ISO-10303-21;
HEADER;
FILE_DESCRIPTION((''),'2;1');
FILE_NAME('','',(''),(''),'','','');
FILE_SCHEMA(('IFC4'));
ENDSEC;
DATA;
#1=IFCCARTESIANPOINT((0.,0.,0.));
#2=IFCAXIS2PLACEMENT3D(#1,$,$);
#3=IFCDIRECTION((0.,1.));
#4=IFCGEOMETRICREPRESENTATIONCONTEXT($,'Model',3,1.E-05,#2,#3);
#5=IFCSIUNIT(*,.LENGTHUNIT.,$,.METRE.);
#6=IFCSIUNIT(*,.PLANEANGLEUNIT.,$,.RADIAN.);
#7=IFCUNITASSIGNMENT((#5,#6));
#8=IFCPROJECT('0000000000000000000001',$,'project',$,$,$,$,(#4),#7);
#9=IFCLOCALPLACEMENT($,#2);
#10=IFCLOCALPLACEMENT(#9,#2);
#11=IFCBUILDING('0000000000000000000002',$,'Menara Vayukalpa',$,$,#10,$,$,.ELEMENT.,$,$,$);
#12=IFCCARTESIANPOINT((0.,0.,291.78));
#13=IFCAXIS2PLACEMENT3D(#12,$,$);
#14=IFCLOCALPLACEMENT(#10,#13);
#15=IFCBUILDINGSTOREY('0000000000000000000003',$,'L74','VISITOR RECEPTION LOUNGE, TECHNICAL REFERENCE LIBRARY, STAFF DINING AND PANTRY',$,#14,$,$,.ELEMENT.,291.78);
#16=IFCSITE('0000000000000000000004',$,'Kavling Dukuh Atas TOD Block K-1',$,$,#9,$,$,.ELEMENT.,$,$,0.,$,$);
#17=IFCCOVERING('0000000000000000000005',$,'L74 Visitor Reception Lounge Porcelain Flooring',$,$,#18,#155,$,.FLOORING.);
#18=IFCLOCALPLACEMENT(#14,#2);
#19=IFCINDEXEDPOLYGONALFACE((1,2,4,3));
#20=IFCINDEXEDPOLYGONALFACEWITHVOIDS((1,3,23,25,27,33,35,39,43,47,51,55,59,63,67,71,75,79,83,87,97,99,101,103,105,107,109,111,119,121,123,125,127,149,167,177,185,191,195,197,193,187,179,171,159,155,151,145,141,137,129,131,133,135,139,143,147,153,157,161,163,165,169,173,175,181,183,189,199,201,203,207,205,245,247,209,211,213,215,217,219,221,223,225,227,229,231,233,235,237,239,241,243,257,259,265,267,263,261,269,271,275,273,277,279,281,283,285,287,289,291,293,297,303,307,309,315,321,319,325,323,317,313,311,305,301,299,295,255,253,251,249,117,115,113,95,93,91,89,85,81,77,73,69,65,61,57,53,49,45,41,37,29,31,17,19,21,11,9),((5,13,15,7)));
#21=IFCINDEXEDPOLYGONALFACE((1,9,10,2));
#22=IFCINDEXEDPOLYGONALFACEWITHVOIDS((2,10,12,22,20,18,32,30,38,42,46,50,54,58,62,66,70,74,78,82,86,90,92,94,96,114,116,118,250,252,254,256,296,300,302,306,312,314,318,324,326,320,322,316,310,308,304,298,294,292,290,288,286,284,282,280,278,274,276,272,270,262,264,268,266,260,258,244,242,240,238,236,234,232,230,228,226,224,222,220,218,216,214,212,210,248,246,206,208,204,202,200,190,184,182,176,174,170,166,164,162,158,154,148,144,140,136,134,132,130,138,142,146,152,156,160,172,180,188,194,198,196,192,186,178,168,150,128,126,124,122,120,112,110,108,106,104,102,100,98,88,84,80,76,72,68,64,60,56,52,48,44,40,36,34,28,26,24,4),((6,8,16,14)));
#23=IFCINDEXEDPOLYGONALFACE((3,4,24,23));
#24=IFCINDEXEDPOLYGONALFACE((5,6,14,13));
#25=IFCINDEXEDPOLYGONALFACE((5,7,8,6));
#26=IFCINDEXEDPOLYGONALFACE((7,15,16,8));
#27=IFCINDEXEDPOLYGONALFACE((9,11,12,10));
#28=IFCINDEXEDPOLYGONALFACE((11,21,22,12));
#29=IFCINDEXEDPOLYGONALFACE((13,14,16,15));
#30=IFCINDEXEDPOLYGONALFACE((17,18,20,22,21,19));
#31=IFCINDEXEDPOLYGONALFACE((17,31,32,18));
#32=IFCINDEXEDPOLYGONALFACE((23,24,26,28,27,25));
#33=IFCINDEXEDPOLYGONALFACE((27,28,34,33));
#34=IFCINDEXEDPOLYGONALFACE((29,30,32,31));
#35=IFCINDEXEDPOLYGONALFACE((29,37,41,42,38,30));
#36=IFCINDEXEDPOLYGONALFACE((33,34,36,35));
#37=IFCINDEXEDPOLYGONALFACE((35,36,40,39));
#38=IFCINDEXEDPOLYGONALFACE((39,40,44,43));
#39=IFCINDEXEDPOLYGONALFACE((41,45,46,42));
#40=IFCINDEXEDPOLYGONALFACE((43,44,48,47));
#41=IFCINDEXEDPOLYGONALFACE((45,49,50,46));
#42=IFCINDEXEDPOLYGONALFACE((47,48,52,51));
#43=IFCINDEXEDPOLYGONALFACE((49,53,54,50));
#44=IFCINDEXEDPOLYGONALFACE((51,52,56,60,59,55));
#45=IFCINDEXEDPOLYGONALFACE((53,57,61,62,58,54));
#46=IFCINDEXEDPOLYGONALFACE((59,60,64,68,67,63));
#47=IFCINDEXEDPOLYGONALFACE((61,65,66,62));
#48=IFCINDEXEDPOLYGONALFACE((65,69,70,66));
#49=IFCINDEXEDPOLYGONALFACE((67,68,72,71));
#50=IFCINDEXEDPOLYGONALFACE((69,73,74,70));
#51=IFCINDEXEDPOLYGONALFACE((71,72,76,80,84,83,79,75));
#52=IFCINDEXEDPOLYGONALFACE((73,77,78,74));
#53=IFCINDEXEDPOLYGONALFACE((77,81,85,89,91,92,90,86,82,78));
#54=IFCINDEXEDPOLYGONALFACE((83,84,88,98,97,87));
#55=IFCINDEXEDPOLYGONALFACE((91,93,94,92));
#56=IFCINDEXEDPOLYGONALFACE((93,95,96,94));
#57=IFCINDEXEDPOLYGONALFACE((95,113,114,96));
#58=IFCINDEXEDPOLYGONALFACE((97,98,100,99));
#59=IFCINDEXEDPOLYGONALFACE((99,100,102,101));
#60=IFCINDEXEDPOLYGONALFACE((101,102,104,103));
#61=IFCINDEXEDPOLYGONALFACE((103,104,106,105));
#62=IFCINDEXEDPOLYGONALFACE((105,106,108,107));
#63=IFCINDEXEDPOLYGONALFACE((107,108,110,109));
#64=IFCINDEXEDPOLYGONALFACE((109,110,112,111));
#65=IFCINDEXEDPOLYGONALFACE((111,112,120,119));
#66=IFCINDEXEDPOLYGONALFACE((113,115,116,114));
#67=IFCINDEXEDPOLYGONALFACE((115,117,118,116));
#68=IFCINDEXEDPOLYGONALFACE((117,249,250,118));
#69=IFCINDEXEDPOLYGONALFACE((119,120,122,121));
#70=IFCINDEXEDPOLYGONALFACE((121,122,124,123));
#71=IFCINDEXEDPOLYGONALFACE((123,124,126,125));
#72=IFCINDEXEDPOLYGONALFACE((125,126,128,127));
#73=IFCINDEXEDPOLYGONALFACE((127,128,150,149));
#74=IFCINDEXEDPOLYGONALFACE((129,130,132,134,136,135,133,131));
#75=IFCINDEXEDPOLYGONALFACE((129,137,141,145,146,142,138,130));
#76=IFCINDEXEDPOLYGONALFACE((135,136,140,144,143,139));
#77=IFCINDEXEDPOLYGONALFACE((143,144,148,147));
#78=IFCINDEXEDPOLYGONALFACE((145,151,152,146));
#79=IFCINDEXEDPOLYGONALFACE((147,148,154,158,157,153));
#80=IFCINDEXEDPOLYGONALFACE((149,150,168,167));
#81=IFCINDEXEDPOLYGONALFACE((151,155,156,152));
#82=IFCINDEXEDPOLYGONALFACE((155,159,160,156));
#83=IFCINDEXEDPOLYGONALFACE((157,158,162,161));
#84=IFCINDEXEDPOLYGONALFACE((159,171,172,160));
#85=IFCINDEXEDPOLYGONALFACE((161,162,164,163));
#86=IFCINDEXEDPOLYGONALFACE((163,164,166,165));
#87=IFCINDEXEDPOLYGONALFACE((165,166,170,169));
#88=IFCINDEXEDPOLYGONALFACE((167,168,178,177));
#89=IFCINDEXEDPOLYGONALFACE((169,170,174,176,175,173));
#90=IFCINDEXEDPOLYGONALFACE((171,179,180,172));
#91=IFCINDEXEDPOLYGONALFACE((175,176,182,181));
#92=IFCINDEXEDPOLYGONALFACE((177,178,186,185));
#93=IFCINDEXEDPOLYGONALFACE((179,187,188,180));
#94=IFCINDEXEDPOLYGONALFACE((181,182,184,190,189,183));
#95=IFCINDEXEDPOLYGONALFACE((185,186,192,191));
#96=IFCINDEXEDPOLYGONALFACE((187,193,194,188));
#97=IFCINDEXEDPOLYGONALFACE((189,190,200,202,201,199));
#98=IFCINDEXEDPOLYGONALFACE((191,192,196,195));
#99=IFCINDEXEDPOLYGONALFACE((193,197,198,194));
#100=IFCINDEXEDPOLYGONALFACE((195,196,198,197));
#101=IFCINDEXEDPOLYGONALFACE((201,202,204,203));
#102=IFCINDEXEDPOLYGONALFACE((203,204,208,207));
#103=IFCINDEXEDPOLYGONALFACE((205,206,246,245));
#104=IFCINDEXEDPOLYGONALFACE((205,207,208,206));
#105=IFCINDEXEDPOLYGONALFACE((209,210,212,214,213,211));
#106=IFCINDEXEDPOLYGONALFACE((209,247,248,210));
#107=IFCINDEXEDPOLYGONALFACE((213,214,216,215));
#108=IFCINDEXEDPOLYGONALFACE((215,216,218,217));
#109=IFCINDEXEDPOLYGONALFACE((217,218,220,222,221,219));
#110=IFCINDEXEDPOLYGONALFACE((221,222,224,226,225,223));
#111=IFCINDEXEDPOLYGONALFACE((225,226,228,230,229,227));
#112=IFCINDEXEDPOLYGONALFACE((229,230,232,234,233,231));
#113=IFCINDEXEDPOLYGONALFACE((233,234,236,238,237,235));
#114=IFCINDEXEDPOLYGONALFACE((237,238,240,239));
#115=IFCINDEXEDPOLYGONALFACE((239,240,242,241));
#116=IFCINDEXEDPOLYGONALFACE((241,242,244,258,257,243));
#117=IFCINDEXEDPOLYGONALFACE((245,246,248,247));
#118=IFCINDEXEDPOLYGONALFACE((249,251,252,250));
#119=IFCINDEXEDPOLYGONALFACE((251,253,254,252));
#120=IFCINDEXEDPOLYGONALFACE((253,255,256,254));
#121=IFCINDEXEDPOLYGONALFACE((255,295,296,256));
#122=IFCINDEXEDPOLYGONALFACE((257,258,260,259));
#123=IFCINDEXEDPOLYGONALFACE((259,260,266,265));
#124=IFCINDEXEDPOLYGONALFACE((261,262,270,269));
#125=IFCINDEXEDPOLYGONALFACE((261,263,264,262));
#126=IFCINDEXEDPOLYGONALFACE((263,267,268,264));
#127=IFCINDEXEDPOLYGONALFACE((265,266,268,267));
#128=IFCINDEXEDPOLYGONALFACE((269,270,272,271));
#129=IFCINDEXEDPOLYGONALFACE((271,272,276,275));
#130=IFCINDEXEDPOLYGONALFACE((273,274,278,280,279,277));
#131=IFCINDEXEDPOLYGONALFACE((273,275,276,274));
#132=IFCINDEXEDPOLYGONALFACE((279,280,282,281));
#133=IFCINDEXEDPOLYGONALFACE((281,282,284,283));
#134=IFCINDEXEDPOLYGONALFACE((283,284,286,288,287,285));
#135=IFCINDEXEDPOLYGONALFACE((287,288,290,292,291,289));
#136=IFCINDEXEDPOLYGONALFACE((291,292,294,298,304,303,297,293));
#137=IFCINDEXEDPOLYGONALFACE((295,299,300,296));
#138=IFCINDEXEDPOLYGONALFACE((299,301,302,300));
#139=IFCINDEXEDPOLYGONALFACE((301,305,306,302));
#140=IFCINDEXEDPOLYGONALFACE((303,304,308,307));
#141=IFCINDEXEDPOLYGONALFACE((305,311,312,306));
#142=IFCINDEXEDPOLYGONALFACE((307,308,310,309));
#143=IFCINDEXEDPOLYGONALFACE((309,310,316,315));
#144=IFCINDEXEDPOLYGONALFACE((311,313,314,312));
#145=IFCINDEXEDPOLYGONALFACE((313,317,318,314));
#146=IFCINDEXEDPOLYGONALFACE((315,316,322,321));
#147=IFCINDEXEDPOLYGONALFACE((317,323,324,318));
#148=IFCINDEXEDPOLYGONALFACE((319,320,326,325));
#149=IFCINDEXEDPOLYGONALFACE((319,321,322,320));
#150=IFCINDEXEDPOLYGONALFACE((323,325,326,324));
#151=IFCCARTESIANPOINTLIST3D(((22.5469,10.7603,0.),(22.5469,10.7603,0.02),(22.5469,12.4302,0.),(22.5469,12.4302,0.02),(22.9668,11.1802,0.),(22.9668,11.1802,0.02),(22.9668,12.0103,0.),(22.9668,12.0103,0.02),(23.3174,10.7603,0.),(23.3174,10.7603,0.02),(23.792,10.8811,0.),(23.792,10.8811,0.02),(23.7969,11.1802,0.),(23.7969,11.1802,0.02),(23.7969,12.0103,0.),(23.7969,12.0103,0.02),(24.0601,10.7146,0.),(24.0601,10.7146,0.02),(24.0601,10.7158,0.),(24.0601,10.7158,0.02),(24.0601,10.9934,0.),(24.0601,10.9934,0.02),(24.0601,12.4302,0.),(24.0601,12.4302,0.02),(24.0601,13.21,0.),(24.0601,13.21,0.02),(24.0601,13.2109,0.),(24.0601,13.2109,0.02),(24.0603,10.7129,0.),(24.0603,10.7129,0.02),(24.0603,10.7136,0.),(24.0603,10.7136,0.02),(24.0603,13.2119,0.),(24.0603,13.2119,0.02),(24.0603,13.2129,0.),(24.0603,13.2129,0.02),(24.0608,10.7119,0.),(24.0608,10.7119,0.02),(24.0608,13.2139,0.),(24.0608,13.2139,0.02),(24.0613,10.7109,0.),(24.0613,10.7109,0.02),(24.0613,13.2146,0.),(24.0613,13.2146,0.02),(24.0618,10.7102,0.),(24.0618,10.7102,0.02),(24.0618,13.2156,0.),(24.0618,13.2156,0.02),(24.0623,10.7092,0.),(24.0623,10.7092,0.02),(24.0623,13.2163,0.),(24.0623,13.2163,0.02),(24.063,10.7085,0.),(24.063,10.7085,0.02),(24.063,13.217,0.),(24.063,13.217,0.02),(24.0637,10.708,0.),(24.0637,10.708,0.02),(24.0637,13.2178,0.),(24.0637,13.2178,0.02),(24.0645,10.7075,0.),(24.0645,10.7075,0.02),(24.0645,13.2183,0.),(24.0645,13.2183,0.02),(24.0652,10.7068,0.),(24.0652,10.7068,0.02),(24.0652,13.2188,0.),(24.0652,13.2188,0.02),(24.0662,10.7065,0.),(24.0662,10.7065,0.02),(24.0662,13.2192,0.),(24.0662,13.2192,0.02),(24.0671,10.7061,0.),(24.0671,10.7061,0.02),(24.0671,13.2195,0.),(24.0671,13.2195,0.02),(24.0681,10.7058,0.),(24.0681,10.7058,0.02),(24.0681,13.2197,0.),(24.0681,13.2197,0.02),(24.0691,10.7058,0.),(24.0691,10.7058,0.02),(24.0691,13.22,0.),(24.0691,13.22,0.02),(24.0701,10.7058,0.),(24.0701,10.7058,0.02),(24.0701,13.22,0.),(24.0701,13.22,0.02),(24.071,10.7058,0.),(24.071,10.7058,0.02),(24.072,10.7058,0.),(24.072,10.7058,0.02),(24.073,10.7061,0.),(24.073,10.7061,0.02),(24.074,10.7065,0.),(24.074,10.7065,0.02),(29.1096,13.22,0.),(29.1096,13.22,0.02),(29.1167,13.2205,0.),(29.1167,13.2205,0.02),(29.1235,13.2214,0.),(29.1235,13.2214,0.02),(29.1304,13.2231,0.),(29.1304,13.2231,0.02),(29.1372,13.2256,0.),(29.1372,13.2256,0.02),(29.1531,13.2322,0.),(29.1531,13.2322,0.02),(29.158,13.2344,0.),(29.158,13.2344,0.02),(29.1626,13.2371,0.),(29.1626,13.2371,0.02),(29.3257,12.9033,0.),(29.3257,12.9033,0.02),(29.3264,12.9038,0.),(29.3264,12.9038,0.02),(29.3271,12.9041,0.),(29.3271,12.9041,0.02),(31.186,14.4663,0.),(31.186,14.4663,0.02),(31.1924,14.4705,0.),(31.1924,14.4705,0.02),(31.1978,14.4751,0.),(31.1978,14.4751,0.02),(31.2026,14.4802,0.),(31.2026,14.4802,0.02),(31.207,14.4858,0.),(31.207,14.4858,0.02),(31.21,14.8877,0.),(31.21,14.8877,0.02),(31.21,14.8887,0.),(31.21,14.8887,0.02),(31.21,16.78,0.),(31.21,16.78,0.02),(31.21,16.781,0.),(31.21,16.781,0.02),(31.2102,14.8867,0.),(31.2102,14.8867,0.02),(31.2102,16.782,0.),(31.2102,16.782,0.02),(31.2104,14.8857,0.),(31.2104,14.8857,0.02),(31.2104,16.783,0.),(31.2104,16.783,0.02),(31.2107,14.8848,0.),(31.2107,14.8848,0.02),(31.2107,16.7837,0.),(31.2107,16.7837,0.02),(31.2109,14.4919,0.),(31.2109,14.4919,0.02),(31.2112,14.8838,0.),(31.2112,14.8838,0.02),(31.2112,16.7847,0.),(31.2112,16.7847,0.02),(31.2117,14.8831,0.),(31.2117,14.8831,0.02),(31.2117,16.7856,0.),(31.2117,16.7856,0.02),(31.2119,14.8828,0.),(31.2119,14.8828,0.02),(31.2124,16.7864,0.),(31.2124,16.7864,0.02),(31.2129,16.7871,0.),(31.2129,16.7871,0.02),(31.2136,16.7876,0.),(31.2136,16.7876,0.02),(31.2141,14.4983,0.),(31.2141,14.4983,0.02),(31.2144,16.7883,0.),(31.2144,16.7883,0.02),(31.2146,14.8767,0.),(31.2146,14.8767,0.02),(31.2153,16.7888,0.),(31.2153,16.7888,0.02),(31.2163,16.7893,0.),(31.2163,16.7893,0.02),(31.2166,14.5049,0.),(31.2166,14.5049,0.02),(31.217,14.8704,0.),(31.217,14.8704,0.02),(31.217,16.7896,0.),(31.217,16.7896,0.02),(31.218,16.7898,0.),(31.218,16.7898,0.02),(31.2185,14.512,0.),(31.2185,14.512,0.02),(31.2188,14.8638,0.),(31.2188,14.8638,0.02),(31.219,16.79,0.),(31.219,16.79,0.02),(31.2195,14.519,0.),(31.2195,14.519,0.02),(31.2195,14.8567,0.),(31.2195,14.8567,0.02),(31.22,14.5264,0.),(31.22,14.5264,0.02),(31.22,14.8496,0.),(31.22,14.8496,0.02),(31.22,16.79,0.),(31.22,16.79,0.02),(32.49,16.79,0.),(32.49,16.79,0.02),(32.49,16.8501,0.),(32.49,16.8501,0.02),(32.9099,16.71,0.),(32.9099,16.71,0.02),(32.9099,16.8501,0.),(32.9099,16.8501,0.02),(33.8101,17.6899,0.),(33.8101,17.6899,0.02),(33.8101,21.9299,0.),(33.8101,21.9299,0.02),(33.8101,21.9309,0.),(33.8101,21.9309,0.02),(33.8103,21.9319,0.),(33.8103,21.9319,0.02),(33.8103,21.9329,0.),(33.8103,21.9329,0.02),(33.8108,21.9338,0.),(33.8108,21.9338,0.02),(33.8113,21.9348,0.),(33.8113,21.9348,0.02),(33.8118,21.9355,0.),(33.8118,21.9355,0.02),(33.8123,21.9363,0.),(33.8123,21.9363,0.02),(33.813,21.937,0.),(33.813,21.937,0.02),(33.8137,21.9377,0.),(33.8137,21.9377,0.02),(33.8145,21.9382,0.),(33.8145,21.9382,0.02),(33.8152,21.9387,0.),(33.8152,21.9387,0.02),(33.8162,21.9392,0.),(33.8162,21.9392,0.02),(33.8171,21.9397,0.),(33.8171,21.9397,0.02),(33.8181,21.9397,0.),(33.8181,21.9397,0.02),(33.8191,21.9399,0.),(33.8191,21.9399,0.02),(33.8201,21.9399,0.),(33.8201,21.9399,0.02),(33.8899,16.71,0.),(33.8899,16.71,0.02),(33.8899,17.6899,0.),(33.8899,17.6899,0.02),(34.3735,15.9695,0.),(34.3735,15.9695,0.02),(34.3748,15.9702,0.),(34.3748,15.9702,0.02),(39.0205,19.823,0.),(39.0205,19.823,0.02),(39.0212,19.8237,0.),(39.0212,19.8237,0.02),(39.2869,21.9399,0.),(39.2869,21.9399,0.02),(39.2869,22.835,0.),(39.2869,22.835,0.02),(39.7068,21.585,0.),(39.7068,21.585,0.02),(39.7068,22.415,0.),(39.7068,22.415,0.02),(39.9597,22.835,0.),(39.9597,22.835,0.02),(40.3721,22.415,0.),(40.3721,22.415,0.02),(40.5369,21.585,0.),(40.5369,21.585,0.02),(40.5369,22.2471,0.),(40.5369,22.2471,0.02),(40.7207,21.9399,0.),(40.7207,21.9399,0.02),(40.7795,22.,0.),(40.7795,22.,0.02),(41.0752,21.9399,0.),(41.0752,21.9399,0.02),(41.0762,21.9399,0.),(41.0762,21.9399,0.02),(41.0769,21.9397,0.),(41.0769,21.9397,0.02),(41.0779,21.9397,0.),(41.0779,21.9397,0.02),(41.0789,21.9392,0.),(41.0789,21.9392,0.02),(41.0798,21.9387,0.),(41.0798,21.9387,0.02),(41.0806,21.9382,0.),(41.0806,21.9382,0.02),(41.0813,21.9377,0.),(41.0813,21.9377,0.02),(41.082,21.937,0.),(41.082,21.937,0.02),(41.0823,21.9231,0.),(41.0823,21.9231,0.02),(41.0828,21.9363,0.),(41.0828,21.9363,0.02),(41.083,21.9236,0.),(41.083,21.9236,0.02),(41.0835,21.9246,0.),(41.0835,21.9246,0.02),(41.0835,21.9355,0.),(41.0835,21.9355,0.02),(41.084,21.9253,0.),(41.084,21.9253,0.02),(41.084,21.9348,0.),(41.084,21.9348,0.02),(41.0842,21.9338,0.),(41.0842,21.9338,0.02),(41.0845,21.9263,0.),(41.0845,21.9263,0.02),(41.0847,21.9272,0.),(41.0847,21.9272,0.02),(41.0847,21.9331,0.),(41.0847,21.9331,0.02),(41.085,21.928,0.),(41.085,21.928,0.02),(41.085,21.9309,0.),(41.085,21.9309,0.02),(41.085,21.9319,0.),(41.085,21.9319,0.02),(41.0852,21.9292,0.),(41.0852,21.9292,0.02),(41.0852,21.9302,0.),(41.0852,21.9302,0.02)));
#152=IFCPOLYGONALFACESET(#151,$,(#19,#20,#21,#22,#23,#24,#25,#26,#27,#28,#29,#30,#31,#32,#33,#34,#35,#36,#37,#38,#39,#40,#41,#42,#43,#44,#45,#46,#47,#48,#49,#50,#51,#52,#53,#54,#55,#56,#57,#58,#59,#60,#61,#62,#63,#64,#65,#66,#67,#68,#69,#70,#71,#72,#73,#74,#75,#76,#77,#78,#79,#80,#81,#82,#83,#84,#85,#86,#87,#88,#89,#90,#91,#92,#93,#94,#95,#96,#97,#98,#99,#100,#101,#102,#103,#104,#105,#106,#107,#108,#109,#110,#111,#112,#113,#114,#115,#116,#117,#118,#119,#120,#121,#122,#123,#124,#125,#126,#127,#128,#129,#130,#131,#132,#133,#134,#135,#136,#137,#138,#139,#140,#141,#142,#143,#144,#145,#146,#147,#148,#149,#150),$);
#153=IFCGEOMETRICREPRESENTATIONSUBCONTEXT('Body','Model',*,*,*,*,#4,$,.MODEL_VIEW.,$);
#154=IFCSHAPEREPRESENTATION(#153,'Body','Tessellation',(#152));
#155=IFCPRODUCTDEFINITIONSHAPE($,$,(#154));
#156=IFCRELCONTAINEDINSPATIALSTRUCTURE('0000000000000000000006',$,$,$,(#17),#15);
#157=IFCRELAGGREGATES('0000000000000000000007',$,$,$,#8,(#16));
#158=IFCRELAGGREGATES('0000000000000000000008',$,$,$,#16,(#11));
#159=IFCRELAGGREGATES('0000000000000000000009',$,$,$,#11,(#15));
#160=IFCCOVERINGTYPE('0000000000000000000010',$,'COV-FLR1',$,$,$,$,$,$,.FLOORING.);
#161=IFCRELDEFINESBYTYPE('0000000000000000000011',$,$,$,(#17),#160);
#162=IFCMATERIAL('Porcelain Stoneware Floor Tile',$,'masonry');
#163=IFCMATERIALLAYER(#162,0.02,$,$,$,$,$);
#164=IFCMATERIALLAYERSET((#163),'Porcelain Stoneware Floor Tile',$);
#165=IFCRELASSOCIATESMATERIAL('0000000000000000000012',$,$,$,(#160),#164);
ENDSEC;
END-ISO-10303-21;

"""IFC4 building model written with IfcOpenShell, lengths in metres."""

from ifc_helpers import new_model, si_unit, direction, frame, origin, place, context, subcontext, project, spatial, polyline, outline, extrude, material, layer, layer_set, type_object, element, save


model = new_model("IFC4")

# Units and contexts
model_context = context("Model", 3, precision=1e-05, world=origin(), true_north=direction((0.0, 1.0)))
body_context = subcontext(model_context, "Body", "Model", "MODEL_VIEW")
ifc_project = project(units=[si_unit("LENGTHUNIT", "METRE"), si_unit("PLANEANGLEUNIT", "RADIAN")], contexts=[model_context])

# Site, building, storey
site_placement = place(None, origin())
site = spatial("IfcSite", under=ifc_project, at=site_placement, Name="Kavling Dukuh Atas TOD Block K-1", CompositionType="ELEMENT", RefElevation=0.0)
building_placement = place(site_placement, origin())
building = spatial("IfcBuilding", under=site, at=building_placement, Name="Menara Vayukalpa", CompositionType="ELEMENT")
storey_placement = place(building_placement, frame((0.0, 0.0, 291.78)))
storey = spatial("IfcBuildingStorey", under=building, at=storey_placement, Name="L74", Description="VISITOR RECEPTION LOUNGE, TECHNICAL REFERENCE LIBRARY, STAFF DINING AND PANTRY", CompositionType="ELEMENT", Elevation=291.78)

# Covering
ifc_material_1 = material(Name="Porcelain Stoneware Floor Tile", Category="masonry")
ifc_layer_1 = layer(ifc_material_1, 0.02)
ifc_layer_set_1 = layer_set([ifc_layer_1], Name="Porcelain Stoneware Floor Tile")
covering_type_1 = type_object("IfcCoveringType", Name="COV-FLR1", PredefinedType="FLOORING", material=ifc_layer_set_1)
covering_1_placement = place(storey_placement, origin())
element("IfcCovering", 1, at=covering_1_placement, inside=storey, type_object=covering_type_1, Name="L74 Visitor Reception Lounge Porcelain Flooring", PredefinedType="FLOORING", context=body_context, shape_type="SweptSolid", body=[
    extrude(outline(polyline([(24.0601, 13.21), (24.0601, 13.2109), (24.0603, 13.2119), (24.0603, 13.2129), (24.0608, 13.2139), (24.0613, 13.2146), (24.0618, 13.2156), (24.0623, 13.2163), (24.063, 13.217), (24.0637, 13.2178), (24.0645, 13.2183), (24.0652, 13.2188), (24.0662, 13.2192), (24.0671, 13.2195), (24.0681, 13.2197), (24.0691, 13.22), (24.0701, 13.22), (29.1096, 13.22), (29.1167, 13.2205), (29.1235, 13.2214), (29.1304, 13.2231), (29.1372, 13.2256), (29.1531, 13.2322), (29.158, 13.2344), (29.1626, 13.2371), (31.186, 14.4663), (31.1924, 14.4705), (31.1978, 14.4751), (31.2026, 14.4802), (31.207, 14.4858), (31.2109, 14.4919), (31.2141, 14.4983), (31.2166, 14.5049), (31.2185, 14.512), (31.2195, 14.519), (31.22, 14.5264), (31.22, 14.8496), (31.2195, 14.8567), (31.2188, 14.8638), (31.217, 14.8704), (31.2146, 14.8767), (31.2119, 14.8828), (31.2117, 14.8831), (31.2112, 14.8838), (31.2107, 14.8848), (31.2104, 14.8857), (31.2102, 14.8867), (31.21, 14.8877), (31.21, 14.8887), (31.21, 16.78), (31.21, 16.781), (31.2102, 16.782), (31.2104, 16.783), (31.2107, 16.7837), (31.2112, 16.7847), (31.2117, 16.7856), (31.2124, 16.7864), (31.2129, 16.7871), (31.2136, 16.7876), (31.2144, 16.7883), (31.2153, 16.7888), (31.2163, 16.7893), (31.217, 16.7896), (31.218, 16.7898), (31.219, 16.79), (31.22, 16.79), (32.49, 16.79), (32.49, 16.8501), (32.9099, 16.8501), (32.9099, 16.71), (33.8899, 16.71), (33.8899, 17.6899), (33.8101, 17.6899), (33.8101, 21.9299), (33.8101, 21.9309), (33.8103, 21.9319), (33.8103, 21.9329), (33.8108, 21.9338), (33.8113, 21.9348), (33.8118, 21.9355), (33.8123, 21.9363), (33.813, 21.937), (33.8137, 21.9377), (33.8145, 21.9382), (33.8152, 21.9387), (33.8162, 21.9392), (33.8171, 21.9397), (33.8181, 21.9397), (33.8191, 21.9399), (33.8201, 21.9399), (39.2869, 21.9399), (39.2869, 22.835), (39.9597, 22.835), (40.3721, 22.415), (39.7068, 22.415), (39.7068, 21.585), (40.5369, 21.585), (40.5369, 22.2471), (40.7795, 22.0), (40.7207, 21.9399), (41.0752, 21.9399), (41.0762, 21.9399), (41.0769, 21.9397), (41.0779, 21.9397), (41.0789, 21.9392), (41.0798, 21.9387), (41.0806, 21.9382), (41.0813, 21.9377), (41.082, 21.937), (41.0828, 21.9363), (41.0835, 21.9355), (41.084, 21.9348), (41.0842, 21.9338), (41.0847, 21.9331), (41.085, 21.9319), (41.085, 21.9309), (41.0852, 21.9302), (41.0852, 21.9292), (41.085, 21.928), (41.0847, 21.9272), (41.0845, 21.9263), (41.084, 21.9253), (41.0835, 21.9246), (41.083, 21.9236), (41.0823, 21.9231), (39.0212, 19.8237), (39.0205, 19.823), (34.3748, 15.9702), (34.3735, 15.9695), (29.3271, 12.9041), (29.3264, 12.9038), (29.3257, 12.9033), (24.074, 10.7065), (24.073, 10.7061), (24.072, 10.7058), (24.071, 10.7058), (24.0701, 10.7058), (24.0691, 10.7058), (24.0681, 10.7058), (24.0671, 10.7061), (24.0662, 10.7065), (24.0652, 10.7068), (24.0645, 10.7075), (24.0637, 10.708), (24.063, 10.7085), (24.0623, 10.7092), (24.0618, 10.7102), (24.0613, 10.7109), (24.0608, 10.7119), (24.0603, 10.7129), (24.0603, 10.7136), (24.0601, 10.7146), (24.0601, 10.7158), (24.0601, 10.9934), (23.792, 10.8811), (23.3174, 10.7603), (22.5469, 10.7603), (22.5469, 12.4302), (24.0601, 12.4302), (24.0601, 13.21)]), holes=[polyline([(23.7969, 12.0103), (22.9668, 12.0103), (22.9668, 11.1802), (23.7969, 11.1802), (23.7969, 12.0103)])]), origin(), (0.0, 0.0, 1.0), 0.02),
])

save(model, "model.ifc")
